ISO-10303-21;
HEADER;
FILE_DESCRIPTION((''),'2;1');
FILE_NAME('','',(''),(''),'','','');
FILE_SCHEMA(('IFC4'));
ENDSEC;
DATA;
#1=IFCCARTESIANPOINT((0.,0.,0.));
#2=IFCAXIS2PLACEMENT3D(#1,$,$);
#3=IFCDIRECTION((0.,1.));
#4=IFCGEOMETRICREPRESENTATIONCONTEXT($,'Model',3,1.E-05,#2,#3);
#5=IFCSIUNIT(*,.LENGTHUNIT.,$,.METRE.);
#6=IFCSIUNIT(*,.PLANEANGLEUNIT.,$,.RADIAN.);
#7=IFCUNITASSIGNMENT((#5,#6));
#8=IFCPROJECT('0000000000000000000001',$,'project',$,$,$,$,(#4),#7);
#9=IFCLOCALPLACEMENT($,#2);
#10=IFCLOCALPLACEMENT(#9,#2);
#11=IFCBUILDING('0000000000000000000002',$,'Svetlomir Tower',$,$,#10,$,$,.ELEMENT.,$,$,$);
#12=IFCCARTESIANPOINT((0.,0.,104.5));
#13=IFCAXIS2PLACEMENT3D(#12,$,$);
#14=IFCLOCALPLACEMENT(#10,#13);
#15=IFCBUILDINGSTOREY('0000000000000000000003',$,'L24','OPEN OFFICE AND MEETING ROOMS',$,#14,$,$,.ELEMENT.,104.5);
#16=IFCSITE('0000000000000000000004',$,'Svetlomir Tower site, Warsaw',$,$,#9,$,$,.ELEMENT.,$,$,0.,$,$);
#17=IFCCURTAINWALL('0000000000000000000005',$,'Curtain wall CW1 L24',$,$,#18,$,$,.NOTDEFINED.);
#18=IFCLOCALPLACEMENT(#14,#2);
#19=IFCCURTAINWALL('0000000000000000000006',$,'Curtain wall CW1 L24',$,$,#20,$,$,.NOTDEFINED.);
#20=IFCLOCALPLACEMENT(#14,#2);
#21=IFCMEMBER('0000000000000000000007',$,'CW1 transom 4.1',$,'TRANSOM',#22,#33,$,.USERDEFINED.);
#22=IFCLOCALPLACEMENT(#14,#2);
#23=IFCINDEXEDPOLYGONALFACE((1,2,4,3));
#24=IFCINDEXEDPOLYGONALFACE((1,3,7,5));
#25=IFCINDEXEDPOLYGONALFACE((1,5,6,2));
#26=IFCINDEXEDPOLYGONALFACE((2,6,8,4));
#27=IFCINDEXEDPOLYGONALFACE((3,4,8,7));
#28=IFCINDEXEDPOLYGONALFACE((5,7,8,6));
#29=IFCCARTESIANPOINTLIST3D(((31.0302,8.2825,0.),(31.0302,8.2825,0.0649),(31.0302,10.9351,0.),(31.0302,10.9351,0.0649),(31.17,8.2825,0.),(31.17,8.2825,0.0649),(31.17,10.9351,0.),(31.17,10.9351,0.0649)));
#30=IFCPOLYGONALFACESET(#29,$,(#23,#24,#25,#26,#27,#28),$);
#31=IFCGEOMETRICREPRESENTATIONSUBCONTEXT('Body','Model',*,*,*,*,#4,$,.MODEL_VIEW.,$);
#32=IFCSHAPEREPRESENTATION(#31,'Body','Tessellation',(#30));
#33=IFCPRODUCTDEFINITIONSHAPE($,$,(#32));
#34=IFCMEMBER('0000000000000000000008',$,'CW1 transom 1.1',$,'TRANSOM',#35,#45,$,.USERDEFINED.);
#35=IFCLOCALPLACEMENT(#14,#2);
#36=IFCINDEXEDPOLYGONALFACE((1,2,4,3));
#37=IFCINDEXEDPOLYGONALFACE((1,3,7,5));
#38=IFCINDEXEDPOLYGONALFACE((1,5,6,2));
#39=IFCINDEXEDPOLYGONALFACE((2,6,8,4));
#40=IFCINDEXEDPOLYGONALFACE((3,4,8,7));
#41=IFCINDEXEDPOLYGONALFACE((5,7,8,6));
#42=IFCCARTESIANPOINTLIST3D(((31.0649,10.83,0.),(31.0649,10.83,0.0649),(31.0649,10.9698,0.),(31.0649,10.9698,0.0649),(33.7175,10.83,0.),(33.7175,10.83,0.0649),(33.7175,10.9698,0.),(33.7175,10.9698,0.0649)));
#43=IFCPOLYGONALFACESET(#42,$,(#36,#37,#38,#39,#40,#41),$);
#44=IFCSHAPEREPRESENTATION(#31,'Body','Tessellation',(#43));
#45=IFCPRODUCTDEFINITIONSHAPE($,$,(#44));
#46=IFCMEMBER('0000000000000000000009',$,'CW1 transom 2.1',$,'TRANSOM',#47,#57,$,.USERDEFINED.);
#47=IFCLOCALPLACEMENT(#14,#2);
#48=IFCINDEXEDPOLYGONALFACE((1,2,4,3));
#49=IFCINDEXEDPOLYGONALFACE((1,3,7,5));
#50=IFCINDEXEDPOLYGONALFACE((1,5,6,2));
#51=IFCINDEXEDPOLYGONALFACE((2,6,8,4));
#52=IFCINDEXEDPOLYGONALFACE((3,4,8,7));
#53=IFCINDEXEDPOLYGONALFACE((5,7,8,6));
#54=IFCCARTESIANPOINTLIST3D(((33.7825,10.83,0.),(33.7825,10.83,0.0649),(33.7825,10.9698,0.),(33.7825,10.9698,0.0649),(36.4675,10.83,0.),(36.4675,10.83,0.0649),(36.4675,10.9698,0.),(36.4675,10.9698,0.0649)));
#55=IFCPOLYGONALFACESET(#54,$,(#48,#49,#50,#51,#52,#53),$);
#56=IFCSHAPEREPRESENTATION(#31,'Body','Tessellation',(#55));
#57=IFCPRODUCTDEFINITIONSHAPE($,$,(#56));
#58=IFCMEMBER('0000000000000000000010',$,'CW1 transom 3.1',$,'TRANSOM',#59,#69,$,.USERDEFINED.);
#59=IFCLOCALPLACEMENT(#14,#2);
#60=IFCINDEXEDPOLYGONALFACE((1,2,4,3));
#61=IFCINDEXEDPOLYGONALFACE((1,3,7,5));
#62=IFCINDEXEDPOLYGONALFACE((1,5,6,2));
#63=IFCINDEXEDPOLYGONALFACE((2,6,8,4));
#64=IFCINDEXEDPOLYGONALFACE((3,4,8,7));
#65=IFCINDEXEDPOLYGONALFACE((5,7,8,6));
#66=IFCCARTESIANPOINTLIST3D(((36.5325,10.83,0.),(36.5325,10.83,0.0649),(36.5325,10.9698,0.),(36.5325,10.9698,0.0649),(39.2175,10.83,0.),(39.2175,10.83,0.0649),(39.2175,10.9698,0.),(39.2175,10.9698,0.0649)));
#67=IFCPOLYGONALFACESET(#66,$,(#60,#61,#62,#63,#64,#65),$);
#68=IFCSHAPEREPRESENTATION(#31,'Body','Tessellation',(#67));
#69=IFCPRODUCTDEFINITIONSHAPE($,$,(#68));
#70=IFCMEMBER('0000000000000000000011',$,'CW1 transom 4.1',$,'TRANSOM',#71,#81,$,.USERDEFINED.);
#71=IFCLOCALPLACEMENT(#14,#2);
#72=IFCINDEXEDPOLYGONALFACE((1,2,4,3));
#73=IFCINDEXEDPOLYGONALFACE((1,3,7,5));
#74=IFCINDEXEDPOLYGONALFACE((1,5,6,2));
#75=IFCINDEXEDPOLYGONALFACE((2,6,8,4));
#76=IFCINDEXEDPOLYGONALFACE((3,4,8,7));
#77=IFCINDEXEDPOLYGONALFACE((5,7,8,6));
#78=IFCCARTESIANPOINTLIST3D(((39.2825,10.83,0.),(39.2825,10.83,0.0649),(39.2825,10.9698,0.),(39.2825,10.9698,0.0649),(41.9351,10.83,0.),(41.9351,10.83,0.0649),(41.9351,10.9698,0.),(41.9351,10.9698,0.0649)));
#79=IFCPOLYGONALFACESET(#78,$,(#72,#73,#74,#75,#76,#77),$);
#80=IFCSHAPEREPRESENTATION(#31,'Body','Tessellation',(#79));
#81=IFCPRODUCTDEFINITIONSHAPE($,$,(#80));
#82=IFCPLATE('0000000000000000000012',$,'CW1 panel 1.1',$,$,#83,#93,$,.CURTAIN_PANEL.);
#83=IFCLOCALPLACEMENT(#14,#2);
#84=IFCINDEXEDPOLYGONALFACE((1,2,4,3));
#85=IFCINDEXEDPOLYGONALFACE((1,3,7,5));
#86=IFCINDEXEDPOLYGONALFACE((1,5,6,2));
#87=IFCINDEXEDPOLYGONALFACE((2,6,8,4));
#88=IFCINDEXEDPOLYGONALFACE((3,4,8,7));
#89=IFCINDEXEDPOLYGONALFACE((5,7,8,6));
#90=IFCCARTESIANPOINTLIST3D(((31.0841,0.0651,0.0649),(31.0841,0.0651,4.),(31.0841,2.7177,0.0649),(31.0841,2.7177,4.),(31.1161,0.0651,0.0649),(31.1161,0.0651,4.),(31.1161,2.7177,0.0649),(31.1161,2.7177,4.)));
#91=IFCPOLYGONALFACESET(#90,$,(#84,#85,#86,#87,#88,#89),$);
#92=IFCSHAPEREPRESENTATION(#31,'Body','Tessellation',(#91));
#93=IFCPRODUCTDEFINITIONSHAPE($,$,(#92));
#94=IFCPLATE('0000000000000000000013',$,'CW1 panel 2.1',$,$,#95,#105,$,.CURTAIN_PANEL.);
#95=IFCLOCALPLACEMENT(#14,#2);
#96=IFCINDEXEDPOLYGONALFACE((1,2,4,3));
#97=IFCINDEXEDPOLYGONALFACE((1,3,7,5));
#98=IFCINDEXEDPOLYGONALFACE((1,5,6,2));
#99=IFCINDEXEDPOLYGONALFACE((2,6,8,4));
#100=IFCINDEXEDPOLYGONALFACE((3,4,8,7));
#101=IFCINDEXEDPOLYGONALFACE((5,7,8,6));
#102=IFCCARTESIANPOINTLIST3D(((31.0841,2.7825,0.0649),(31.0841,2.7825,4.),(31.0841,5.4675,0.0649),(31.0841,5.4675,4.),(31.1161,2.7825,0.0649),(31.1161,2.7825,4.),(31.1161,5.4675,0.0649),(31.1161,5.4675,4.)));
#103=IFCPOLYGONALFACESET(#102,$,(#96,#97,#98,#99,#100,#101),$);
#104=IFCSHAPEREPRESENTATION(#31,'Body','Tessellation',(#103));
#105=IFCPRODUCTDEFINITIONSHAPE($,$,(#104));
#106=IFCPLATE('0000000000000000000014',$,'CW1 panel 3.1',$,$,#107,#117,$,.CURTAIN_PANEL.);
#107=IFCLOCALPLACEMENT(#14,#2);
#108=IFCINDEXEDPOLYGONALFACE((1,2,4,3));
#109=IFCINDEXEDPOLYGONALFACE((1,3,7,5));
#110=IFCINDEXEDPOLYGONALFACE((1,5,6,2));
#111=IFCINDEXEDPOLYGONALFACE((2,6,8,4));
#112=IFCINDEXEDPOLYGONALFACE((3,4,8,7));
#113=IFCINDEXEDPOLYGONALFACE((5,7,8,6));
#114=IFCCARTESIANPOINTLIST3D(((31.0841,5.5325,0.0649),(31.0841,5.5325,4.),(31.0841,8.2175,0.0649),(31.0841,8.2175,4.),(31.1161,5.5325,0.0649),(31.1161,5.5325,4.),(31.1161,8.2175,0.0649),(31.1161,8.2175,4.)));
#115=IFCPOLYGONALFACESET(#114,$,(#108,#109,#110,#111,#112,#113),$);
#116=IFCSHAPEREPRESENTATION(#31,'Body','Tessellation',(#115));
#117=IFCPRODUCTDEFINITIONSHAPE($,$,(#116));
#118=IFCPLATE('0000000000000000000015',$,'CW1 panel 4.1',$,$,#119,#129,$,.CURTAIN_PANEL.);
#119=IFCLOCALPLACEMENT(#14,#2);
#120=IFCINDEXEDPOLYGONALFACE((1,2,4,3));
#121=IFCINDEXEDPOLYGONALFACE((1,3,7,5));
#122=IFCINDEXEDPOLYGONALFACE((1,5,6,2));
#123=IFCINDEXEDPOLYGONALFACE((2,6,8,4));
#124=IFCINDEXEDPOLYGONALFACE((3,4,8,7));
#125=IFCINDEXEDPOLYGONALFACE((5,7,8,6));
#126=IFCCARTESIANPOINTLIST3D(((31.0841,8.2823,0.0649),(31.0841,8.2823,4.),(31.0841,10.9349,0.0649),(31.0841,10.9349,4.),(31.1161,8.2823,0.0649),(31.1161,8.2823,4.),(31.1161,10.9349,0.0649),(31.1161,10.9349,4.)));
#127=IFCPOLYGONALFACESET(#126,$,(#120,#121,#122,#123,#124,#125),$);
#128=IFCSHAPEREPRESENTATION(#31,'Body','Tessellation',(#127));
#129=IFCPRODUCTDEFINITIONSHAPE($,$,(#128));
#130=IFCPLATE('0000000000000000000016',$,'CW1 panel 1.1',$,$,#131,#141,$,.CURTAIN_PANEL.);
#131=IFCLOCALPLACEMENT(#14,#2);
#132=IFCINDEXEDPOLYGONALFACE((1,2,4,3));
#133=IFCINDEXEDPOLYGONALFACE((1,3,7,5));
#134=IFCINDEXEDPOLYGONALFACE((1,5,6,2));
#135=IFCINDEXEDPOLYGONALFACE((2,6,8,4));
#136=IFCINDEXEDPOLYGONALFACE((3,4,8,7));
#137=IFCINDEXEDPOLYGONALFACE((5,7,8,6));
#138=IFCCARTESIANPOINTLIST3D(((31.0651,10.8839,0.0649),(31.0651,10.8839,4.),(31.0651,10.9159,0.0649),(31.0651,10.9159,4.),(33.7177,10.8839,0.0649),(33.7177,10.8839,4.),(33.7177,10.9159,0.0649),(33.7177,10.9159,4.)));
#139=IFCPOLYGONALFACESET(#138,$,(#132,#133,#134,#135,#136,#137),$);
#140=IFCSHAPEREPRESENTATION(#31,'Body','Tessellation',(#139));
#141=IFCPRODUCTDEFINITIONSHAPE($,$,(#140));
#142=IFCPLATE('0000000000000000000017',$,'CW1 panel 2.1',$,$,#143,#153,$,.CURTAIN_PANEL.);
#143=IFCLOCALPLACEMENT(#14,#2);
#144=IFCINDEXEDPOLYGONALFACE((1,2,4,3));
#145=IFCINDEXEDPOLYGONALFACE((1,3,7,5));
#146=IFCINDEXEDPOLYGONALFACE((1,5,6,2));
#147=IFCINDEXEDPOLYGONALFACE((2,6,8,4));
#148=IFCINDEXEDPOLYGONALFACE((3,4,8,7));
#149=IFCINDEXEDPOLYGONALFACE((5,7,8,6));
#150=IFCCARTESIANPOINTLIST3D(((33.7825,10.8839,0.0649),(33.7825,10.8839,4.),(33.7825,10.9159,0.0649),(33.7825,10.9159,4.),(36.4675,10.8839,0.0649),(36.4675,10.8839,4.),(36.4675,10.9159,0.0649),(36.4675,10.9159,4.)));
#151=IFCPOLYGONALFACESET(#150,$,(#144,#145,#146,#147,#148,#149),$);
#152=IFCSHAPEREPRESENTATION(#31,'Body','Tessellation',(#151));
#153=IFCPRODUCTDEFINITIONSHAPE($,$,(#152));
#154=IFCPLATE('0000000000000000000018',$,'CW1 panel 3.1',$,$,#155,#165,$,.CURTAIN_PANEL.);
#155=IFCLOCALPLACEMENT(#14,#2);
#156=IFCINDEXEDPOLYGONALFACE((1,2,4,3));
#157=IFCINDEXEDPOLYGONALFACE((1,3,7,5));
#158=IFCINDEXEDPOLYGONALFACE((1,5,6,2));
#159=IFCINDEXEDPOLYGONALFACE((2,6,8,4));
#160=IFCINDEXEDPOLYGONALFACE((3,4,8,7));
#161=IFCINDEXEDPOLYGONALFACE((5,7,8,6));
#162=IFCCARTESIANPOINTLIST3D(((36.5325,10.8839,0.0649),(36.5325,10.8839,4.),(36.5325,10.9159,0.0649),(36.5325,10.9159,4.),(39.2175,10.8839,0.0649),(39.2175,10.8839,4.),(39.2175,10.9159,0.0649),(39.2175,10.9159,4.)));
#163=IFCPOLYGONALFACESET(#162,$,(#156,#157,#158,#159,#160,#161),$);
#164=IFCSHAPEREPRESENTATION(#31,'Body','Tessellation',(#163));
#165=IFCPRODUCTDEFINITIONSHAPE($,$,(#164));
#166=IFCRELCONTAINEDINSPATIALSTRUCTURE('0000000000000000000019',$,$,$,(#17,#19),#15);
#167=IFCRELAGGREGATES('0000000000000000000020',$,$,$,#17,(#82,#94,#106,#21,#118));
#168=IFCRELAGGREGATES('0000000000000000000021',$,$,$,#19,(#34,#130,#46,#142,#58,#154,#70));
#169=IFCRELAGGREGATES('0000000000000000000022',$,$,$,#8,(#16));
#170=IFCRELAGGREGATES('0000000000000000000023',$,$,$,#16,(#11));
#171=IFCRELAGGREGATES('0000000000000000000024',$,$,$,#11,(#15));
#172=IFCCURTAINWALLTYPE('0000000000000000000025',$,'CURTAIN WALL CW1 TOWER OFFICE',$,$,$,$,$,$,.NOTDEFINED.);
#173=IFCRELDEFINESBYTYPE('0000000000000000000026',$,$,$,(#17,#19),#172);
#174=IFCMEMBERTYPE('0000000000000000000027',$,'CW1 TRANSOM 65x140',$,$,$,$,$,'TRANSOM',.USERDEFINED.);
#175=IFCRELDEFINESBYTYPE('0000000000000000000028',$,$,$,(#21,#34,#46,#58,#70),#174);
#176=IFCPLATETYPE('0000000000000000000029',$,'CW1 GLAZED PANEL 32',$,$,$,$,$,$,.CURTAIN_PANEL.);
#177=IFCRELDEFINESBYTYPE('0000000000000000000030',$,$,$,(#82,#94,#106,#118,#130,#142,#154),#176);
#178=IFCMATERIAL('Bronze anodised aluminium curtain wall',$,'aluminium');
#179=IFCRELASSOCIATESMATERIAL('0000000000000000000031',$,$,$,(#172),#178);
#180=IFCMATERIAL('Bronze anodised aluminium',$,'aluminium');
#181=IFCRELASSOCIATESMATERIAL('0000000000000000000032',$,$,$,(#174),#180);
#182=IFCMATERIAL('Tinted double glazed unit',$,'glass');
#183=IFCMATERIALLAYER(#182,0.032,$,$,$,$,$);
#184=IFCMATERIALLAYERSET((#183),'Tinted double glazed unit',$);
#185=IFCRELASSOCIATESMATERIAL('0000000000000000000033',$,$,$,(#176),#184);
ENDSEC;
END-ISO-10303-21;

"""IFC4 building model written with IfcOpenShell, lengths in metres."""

from ifc_helpers import new_model, si_unit, direction, frame, origin, origin_2d, place, context, subcontext, project, spatial, rectangle, extrude, material, layer, layer_set, material_profile, profile_set, type_object, element, aggregate, save


model = new_model("IFC4")

# Units and contexts
model_context = context("Model", 3, precision=1e-05, world=origin(), true_north=direction((0.0, 1.0)))
body_context = subcontext(model_context, "Body", "Model", "MODEL_VIEW")
ifc_project = project(units=[si_unit("LENGTHUNIT", "METRE"), si_unit("PLANEANGLEUNIT", "RADIAN")], contexts=[model_context])

# Site, building, storey
site_placement = place(None, origin())
site = spatial("IfcSite", under=ifc_project, at=site_placement, Name="Svetlomir Tower site, Warsaw", CompositionType="ELEMENT", RefElevation=0.0)
building_placement = place(site_placement, origin())
building = spatial("IfcBuilding", under=site, at=building_placement, Name="Svetlomir Tower", CompositionType="ELEMENT")
storey_placement = place(building_placement, frame((0.0, 0.0, 104.5)))
storey = spatial("IfcBuildingStorey", under=building, at=storey_placement, Name="L24", Description="OPEN OFFICE AND MEETING ROOMS", CompositionType="ELEMENT", Elevation=104.5)

# Curtain walls
ifc_material_1 = material(Name="Bronze anodised aluminium curtain wall", Category="aluminium")
curtain_wall_type = type_object("IfcCurtainWallType", Name="CURTAIN WALL CW1 TOWER OFFICE", PredefinedType="NOTDEFINED", material=ifc_material_1)
curtain_wall_1_placement = place(storey_placement, origin())
curtain_wall_1 = element("IfcCurtainWall", 1, at=curtain_wall_1_placement, inside=storey, type_object=curtain_wall_type, Name="Curtain wall CW1 L24", PredefinedType="NOTDEFINED")
curtain_wall_2_placement = place(storey_placement, origin())
curtain_wall_2 = element("IfcCurtainWall", 2, at=curtain_wall_2_placement, inside=storey, type_object=curtain_wall_type, Name="Curtain wall CW1 L24", PredefinedType="NOTDEFINED")

# Members
ifc_material_2 = material(Name="Bronze anodised aluminium", Category="aluminium")
ifc_material_profile_1 = material_profile(ifc_material_2, rectangle(XDim=0.1399, YDim=0.0649, at=origin_2d()), Name="AL 140x65")
ifc_profile_set_1 = profile_set([ifc_material_profile_1], Name="Bronze anodised aluminium 6063-T6")
member_type_1 = type_object("IfcMemberType", Name="CW1 TRANSOM 65x140", ElementType="TRANSOM", PredefinedType="USERDEFINED", material=ifc_profile_set_1)
member_1_placement = place(storey_placement, frame((31.1001, 8.2825, 0.0325), z_axis=(0.0, 1.0, 0.0), x_axis=(-1.0, 0.0, 0.0)))
member_1 = element("IfcMember", 3, at=member_1_placement, type_object=member_type_1, Name="CW1 transom 4.1", ObjectType="TRANSOM", PredefinedType="USERDEFINED", context=body_context, shape_type="SweptSolid", body=[
    extrude(rectangle(XDim=0.1399, YDim=0.0649, at=origin_2d()), origin(), (0.0, 0.0, 1.0), 2.6526),
])
member_2_placement = place(storey_placement, frame((31.0649, 10.8999, 0.0325), z_axis=(1.0, 0.0, 0.0), x_axis=(0.0, 1.0, 0.0)))
member_2 = element("IfcMember", 4, at=member_2_placement, type_object=member_type_1, Name="CW1 transom 1.1", ObjectType="TRANSOM", PredefinedType="USERDEFINED", context=body_context, shape_type="SweptSolid", body=[
    extrude(rectangle(XDim=0.1399, YDim=0.0649, at=origin_2d()), origin(), (0.0, 0.0, 1.0), 2.6526),
])
member_3_placement = place(storey_placement, frame((33.7825, 10.8999, 0.0325), z_axis=(1.0, 0.0, 0.0), x_axis=(0.0, 1.0, 0.0)))
member_3 = element("IfcMember", 5, at=member_3_placement, type_object=member_type_1, Name="CW1 transom 2.1", ObjectType="TRANSOM", PredefinedType="USERDEFINED", context=body_context, shape_type="SweptSolid", body=[
    extrude(rectangle(XDim=0.1399, YDim=0.0649, at=origin_2d()), origin(), (0.0, 0.0, 1.0), 2.6851),
])
member_4_placement = place(storey_placement, frame((36.5325, 10.8999, 0.0325), z_axis=(1.0, 0.0, 0.0), x_axis=(0.0, 1.0, 0.0)))
member_4 = element("IfcMember", 6, at=member_4_placement, type_object=member_type_1, Name="CW1 transom 3.1", ObjectType="TRANSOM", PredefinedType="USERDEFINED", context=body_context, shape_type="SweptSolid", body=[
    extrude(rectangle(XDim=0.1399, YDim=0.0649, at=origin_2d()), origin(), (0.0, 0.0, 1.0), 2.6851),
])
member_5_placement = place(storey_placement, frame((39.2825, 10.8999, 0.0325), z_axis=(1.0, 0.0, 0.0), x_axis=(0.0, 1.0, 0.0)))
member_5 = element("IfcMember", 7, at=member_5_placement, type_object=member_type_1, Name="CW1 transom 4.1", ObjectType="TRANSOM", PredefinedType="USERDEFINED", context=body_context, shape_type="SweptSolid", body=[
    extrude(rectangle(XDim=0.1399, YDim=0.0649, at=origin_2d()), origin(), (0.0, 0.0, 1.0), 2.6526),
])

# Plates
ifc_material_3 = material(Name="Tinted double glazed unit", Category="glass")
ifc_layer = layer(ifc_material_3, 0.032)
ifc_layer_set = layer_set([ifc_layer], Name="Tinted double glazed unit")
plate_type = type_object("IfcPlateType", Name="CW1 GLAZED PANEL 32", PredefinedType="CURTAIN_PANEL", material=ifc_layer_set)
plate_1_placement = place(storey_placement, frame((31.1001, 1.3914, 0.0649), z_axis=(0.0, 0.0, 1.0), x_axis=(0.0, 1.0, 0.0)))
plate_1 = element("IfcPlate", 8, at=plate_1_placement, type_object=plate_type, Name="CW1 panel 1.1", PredefinedType="CURTAIN_PANEL", context=body_context, shape_type="SweptSolid", body=[
    extrude(rectangle(XDim=2.6526, YDim=0.032, at=origin_2d()), origin(), (0.0, 0.0, 1.0), 3.9351),
])
plate_2_placement = place(storey_placement, frame((31.1001, 4.125, 0.0649), z_axis=(0.0, 0.0, 1.0), x_axis=(0.0, 1.0, 0.0)))
plate_2 = element("IfcPlate", 9, at=plate_2_placement, type_object=plate_type, Name="CW1 panel 2.1", PredefinedType="CURTAIN_PANEL", context=body_context, shape_type="SweptSolid", body=[
    extrude(rectangle(XDim=2.6851, YDim=0.032, at=origin_2d()), origin(), (0.0, 0.0, 1.0), 3.9351),
])
plate_3_placement = place(storey_placement, frame((31.1001, 6.875, 0.0649), z_axis=(0.0, 0.0, 1.0), x_axis=(0.0, 1.0, 0.0)))
plate_3 = element("IfcPlate", 10, at=plate_3_placement, type_object=plate_type, Name="CW1 panel 3.1", PredefinedType="CURTAIN_PANEL", context=body_context, shape_type="SweptSolid", body=[
    extrude(rectangle(XDim=2.6851, YDim=0.032, at=origin_2d()), origin(), (0.0, 0.0, 1.0), 3.9351),
])
plate_4_placement = place(storey_placement, frame((31.1001, 9.6086, 0.0649), z_axis=(0.0, 0.0, 1.0), x_axis=(0.0, 1.0, 0.0)))
plate_4 = element("IfcPlate", 11, at=plate_4_placement, type_object=plate_type, Name="CW1 panel 4.1", PredefinedType="CURTAIN_PANEL", context=body_context, shape_type="SweptSolid", body=[
    extrude(rectangle(XDim=2.6526, YDim=0.032, at=origin_2d()), origin(), (0.0, 0.0, 1.0), 3.9351),
])
aggregate(curtain_wall_1, [plate_1, plate_2, plate_3, member_1, plate_4])
plate_5_placement = place(storey_placement, frame((32.3914, 10.8999, 0.0649), z_axis=(0.0, 0.0, 1.0), x_axis=(1.0, 0.0, 0.0)))
plate_5 = element("IfcPlate", 12, at=plate_5_placement, type_object=plate_type, Name="CW1 panel 1.1", PredefinedType="CURTAIN_PANEL", context=body_context, shape_type="SweptSolid", body=[
    extrude(rectangle(XDim=2.6526, YDim=0.032, at=origin_2d()), origin(), (0.0, 0.0, 1.0), 3.9351),
])
plate_6_placement = place(storey_placement, frame((35.125, 10.8999, 0.0649), z_axis=(0.0, 0.0, 1.0), x_axis=(1.0, 0.0, 0.0)))
plate_6 = element("IfcPlate", 13, at=plate_6_placement, type_object=plate_type, Name="CW1 panel 2.1", PredefinedType="CURTAIN_PANEL", context=body_context, shape_type="SweptSolid", body=[
    extrude(rectangle(XDim=2.6851, YDim=0.032, at=origin_2d()), origin(), (0.0, 0.0, 1.0), 3.9351),
])
plate_7_placement = place(storey_placement, frame((37.875, 10.8999, 0.0649), z_axis=(0.0, 0.0, 1.0), x_axis=(1.0, 0.0, 0.0)))
plate_7 = element("IfcPlate", 14, at=plate_7_placement, type_object=plate_type, Name="CW1 panel 3.1", PredefinedType="CURTAIN_PANEL", context=body_context, shape_type="SweptSolid", body=[
    extrude(rectangle(XDim=2.6851, YDim=0.032, at=origin_2d()), origin(), (0.0, 0.0, 1.0), 3.9351),
])
aggregate(curtain_wall_2, [member_2, plate_5, member_3, plate_6, member_4, plate_7, member_5])

save(model, "model.ifc")
